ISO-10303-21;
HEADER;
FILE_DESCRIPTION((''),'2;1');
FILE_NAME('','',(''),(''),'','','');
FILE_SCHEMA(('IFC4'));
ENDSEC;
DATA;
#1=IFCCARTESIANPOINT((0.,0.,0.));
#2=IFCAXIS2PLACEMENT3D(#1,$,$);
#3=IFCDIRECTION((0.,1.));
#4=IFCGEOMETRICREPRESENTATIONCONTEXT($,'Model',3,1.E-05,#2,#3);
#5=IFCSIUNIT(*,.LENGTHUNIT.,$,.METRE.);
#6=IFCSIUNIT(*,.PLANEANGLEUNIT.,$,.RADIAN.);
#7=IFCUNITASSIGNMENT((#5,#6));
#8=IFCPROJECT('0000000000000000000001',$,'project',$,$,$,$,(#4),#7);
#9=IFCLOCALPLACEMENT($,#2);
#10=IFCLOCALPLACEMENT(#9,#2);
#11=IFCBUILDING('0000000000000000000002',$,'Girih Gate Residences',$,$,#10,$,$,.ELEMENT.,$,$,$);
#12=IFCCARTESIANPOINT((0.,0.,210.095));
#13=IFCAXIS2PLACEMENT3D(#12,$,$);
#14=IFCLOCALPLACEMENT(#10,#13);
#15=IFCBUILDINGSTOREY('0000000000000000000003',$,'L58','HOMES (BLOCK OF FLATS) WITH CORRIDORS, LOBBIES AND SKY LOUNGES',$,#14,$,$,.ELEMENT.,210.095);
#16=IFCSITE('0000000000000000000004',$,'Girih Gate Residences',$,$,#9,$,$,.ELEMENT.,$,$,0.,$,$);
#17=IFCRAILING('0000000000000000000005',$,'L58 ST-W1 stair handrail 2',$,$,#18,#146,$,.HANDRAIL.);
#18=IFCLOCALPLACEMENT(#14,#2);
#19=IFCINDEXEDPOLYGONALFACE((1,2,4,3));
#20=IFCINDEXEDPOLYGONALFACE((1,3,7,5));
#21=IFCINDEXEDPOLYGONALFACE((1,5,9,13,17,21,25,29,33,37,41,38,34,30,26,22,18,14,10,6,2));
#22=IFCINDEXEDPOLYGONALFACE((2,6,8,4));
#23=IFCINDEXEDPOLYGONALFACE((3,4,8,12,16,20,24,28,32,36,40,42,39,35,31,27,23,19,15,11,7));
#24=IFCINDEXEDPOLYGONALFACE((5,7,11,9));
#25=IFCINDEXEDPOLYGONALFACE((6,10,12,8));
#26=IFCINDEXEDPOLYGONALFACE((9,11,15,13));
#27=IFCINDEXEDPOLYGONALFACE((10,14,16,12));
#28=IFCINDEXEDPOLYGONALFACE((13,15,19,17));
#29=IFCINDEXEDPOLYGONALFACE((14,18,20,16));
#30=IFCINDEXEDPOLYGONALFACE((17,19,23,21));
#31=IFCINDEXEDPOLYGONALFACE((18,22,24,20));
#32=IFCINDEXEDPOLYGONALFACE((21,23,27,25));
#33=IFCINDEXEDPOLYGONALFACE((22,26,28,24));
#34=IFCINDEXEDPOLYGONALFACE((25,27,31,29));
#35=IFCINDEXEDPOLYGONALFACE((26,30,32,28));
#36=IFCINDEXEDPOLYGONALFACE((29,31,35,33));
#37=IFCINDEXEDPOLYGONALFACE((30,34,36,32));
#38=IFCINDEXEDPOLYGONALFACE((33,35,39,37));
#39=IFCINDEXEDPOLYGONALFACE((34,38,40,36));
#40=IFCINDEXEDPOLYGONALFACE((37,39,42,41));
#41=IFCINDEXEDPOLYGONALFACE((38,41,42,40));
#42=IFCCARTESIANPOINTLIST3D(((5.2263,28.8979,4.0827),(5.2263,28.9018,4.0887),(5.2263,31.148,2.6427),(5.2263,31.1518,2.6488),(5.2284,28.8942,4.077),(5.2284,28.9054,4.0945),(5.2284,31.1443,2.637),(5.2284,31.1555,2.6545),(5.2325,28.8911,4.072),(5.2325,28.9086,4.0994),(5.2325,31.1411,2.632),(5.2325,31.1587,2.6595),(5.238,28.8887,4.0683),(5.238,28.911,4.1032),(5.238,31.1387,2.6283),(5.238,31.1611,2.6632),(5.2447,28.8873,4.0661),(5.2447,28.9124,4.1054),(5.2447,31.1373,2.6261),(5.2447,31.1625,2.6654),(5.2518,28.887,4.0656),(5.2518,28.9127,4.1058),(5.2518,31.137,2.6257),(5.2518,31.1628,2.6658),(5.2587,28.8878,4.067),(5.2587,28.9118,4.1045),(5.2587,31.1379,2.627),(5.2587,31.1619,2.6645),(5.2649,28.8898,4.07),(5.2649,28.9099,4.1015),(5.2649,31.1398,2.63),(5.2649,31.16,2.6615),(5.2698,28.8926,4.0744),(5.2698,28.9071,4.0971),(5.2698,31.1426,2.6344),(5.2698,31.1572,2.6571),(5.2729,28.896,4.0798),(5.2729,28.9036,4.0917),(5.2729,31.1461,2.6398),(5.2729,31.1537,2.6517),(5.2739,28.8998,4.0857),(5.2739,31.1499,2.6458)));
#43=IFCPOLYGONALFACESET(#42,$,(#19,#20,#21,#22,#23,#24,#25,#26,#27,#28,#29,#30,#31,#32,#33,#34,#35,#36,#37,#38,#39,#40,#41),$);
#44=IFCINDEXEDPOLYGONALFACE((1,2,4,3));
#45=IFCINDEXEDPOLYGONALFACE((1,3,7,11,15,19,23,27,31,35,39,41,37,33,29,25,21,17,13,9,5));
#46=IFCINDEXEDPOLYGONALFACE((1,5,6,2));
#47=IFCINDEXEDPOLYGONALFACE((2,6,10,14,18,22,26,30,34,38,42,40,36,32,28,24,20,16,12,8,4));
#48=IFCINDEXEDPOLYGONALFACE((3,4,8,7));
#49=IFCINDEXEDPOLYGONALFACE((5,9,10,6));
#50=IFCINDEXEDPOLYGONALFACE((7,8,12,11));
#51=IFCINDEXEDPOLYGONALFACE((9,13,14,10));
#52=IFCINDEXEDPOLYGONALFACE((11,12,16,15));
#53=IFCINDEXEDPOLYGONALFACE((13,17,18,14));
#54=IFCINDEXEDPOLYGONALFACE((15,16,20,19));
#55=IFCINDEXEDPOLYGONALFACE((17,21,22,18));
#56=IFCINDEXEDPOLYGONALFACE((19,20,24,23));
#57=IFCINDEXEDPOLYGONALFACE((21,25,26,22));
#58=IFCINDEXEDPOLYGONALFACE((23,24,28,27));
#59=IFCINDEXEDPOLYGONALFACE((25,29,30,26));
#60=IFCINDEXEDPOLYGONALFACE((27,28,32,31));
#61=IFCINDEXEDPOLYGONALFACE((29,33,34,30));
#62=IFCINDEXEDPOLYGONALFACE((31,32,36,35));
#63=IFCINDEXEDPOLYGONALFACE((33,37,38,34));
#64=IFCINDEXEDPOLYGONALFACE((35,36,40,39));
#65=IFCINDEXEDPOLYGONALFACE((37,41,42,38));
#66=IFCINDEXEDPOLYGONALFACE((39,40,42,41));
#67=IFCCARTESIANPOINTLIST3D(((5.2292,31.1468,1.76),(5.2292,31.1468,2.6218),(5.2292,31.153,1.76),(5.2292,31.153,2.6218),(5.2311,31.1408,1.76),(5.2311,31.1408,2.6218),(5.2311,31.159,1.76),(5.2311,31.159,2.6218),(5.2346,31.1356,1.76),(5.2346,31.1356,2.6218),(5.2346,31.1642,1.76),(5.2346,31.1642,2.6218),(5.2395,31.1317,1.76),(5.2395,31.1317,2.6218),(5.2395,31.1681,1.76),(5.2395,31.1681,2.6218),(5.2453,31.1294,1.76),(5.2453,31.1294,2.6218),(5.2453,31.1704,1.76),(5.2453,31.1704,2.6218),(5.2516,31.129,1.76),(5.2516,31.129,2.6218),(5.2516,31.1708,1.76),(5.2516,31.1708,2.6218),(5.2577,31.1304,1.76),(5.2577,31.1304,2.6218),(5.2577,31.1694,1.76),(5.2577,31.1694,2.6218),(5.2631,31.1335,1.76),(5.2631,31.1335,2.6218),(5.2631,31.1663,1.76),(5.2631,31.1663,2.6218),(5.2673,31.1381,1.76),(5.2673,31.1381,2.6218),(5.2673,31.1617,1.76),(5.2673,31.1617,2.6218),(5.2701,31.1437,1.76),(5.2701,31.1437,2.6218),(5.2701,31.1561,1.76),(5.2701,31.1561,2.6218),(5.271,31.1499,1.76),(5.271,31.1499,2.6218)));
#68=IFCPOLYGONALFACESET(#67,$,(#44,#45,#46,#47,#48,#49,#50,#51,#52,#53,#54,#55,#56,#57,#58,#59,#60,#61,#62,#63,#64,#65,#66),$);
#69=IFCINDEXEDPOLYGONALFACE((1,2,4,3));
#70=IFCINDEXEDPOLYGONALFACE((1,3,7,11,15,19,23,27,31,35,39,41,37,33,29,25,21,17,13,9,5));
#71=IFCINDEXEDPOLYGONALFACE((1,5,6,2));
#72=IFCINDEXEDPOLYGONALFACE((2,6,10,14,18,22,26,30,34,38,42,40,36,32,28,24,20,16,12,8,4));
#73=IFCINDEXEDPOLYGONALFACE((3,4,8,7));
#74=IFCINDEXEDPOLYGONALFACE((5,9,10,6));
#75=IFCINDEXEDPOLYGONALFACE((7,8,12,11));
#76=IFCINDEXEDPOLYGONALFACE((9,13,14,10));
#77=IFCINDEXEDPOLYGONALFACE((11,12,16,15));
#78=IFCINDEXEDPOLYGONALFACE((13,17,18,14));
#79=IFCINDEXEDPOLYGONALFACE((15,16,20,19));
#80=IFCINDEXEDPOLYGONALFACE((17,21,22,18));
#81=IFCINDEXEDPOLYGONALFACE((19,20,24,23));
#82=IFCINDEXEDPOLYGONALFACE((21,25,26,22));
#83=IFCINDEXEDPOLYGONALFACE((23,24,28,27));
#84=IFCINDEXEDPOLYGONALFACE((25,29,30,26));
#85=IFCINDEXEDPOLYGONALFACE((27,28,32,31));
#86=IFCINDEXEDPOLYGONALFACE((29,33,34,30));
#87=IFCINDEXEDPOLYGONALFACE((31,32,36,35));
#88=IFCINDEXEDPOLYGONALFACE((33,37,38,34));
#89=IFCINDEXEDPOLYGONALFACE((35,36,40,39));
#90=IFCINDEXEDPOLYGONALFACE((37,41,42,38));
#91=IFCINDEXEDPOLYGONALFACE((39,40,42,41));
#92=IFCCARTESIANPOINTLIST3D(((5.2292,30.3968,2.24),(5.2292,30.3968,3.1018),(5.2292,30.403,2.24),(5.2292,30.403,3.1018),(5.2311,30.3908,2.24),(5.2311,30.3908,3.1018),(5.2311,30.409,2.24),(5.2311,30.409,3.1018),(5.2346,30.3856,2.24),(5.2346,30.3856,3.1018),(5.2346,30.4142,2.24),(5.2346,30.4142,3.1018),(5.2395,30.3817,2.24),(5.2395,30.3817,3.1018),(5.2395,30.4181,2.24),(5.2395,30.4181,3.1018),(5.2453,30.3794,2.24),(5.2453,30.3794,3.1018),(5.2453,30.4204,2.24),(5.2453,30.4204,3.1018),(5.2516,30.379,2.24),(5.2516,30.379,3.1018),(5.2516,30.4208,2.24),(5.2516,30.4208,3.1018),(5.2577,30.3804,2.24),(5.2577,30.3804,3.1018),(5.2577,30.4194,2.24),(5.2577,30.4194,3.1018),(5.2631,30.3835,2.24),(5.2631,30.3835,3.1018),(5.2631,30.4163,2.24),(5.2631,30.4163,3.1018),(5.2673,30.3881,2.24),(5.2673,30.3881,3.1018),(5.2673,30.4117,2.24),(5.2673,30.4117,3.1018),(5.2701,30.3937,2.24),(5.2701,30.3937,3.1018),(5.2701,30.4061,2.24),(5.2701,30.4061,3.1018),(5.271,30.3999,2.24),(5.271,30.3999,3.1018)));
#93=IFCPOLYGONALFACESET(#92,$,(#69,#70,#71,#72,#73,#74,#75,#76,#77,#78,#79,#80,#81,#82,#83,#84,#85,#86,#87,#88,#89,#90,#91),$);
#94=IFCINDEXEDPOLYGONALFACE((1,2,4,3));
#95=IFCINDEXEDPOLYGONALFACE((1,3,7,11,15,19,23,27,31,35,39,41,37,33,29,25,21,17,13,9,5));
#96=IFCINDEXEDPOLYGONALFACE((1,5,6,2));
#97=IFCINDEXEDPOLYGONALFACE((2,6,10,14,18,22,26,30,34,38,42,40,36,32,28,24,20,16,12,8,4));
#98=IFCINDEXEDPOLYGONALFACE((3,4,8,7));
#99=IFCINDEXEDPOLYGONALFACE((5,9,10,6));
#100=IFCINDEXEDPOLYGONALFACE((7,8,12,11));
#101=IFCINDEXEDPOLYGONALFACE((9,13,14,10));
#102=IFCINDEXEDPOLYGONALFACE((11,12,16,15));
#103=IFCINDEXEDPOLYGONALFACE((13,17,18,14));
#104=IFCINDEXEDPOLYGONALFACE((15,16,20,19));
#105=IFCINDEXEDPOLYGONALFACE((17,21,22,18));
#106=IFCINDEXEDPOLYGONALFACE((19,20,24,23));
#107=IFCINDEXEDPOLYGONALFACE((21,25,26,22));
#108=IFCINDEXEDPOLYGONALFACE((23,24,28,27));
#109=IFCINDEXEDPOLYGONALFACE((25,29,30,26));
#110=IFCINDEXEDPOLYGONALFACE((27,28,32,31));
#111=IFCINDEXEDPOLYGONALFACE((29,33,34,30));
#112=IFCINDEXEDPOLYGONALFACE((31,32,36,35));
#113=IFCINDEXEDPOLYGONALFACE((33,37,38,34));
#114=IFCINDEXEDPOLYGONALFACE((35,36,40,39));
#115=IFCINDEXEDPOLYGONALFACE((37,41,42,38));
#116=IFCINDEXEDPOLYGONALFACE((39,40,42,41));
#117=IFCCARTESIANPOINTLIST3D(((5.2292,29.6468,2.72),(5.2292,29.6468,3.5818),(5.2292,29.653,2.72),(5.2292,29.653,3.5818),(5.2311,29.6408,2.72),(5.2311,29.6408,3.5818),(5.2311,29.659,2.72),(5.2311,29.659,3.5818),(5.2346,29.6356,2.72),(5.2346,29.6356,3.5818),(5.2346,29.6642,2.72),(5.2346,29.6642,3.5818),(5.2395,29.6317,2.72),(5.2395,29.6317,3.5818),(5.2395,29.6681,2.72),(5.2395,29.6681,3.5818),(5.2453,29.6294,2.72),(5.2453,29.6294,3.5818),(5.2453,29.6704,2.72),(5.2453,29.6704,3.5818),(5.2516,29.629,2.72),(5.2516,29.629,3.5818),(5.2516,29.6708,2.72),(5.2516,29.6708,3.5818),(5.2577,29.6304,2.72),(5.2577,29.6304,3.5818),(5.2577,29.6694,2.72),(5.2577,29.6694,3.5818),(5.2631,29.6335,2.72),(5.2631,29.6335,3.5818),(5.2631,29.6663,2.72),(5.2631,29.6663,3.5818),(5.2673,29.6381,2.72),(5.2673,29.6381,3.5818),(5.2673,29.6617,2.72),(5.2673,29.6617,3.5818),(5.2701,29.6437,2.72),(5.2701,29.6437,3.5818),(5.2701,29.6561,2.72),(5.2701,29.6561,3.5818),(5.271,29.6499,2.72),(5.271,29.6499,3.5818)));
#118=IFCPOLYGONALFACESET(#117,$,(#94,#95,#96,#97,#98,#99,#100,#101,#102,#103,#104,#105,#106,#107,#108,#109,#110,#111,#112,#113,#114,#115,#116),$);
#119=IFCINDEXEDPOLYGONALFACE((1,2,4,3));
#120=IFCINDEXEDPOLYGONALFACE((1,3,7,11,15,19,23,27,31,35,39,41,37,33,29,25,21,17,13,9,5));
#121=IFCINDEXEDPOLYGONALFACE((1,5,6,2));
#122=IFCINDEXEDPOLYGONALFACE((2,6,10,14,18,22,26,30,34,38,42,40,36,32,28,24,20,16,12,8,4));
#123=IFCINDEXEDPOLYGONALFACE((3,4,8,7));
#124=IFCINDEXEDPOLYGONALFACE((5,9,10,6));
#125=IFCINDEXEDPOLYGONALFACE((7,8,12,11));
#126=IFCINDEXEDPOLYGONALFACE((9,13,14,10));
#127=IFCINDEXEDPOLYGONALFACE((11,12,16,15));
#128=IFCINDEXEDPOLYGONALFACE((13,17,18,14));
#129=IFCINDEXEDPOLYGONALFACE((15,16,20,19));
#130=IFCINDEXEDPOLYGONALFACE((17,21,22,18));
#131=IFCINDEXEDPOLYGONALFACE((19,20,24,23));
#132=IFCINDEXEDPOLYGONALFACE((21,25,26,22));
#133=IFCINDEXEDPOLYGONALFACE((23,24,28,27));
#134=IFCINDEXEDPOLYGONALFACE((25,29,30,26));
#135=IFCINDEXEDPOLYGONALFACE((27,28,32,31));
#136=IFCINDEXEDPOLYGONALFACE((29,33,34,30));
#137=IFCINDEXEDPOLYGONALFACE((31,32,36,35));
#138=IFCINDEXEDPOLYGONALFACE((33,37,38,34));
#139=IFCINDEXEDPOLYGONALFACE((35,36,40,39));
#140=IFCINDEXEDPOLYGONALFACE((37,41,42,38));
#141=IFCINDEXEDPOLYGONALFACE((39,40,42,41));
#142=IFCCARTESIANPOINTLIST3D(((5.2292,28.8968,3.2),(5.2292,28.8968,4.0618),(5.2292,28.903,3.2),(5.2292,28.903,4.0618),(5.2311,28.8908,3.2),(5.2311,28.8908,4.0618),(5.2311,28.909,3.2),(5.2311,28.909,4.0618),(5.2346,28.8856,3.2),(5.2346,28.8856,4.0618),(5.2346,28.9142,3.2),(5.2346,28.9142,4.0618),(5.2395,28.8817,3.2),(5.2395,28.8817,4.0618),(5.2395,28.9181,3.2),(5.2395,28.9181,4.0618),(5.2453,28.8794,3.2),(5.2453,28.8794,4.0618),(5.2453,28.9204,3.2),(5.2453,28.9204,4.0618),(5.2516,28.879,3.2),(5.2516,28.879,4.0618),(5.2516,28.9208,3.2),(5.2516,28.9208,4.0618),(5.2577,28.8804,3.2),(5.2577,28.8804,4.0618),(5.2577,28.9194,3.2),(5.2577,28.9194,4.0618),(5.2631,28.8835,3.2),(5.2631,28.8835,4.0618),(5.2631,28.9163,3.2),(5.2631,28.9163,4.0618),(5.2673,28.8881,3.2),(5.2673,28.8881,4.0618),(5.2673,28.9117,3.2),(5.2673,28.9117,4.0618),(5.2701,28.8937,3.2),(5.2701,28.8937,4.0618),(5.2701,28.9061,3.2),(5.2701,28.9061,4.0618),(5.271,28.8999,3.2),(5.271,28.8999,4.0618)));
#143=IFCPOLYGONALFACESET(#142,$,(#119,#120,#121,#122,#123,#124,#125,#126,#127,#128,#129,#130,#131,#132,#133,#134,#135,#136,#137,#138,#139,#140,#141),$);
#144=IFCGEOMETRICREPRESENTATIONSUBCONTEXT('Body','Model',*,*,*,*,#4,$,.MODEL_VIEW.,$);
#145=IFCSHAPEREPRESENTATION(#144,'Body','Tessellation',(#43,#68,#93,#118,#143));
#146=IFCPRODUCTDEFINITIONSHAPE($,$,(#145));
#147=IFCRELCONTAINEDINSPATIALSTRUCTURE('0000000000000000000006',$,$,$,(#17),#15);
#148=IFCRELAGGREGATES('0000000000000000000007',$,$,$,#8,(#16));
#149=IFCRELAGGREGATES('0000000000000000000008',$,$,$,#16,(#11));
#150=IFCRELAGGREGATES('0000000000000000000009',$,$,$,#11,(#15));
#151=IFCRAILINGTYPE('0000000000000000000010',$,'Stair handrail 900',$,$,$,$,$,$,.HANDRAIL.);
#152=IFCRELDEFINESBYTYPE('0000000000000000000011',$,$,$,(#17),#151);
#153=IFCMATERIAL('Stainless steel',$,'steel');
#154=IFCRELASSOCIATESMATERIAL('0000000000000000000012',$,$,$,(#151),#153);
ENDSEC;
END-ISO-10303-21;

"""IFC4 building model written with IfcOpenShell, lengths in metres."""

from ifc_helpers import new_model, si_unit, direction, frame, origin, origin_2d, place, context, subcontext, project, spatial, circle, extrude, material, type_object, element, save


model = new_model("IFC4")

# Units and contexts
model_context = context("Model", 3, precision=1e-05, world=origin(), true_north=direction((0.0, 1.0)))
body_context = subcontext(model_context, "Body", "Model", "MODEL_VIEW")
ifc_project = project(units=[si_unit("LENGTHUNIT", "METRE"), si_unit("PLANEANGLEUNIT", "RADIAN")], contexts=[model_context])

# Site, building, storey
site_placement = place(None, origin())
site = spatial("IfcSite", under=ifc_project, at=site_placement, Name="Girih Gate Residences", CompositionType="ELEMENT", RefElevation=0.0)
building_placement = place(site_placement, origin())
building = spatial("IfcBuilding", under=site, at=building_placement, Name="Girih Gate Residences", CompositionType="ELEMENT")
storey_placement = place(building_placement, frame((0.0, 0.0, 210.095)))
storey = spatial("IfcBuildingStorey", under=building, at=storey_placement, Name="L58", Description="HOMES (BLOCK OF FLATS) WITH CORRIDORS, LOBBIES AND SKY LOUNGES", CompositionType="ELEMENT", Elevation=210.095)

# Shared definitions
ifc_material_1 = material(Name="Stainless steel", Category="steel")

# Railing
railing_type_1 = type_object("IfcRailingType", Name="Stair handrail 900", PredefinedType="HANDRAIL", material=ifc_material_1)
railing_1_placement = place(storey_placement, frame((5.25, 31.1499, 1.76)))
element("IfcRailing", 1, at=railing_1_placement, inside=storey, type_object=railing_type_1, Name="L58 ST-W1 stair handrail 2", PredefinedType="HANDRAIL", context=body_context, shape_type="SweptSolid", body=[
    extrude(circle(Radius=0.0239, at=origin_2d()), frame((0.0, 0.0, 0.8857), z_axis=(0.0, -0.842281, 0.539038), x_axis=(1.0, 0.0, 0.0)), (0.0, 0.0, 1.0), 2.6714),
    extrude(circle(Radius=0.021, at=origin_2d()), origin(), (0.0, 0.0, 1.0), 0.8618),
    extrude(circle(Radius=0.021, at=origin_2d()), frame((0.0, -0.75, 0.48)), (0.0, 0.0, 1.0), 0.8618),
    extrude(circle(Radius=0.021, at=origin_2d()), frame((0.0, -1.5, 0.96)), (0.0, 0.0, 1.0), 0.8618),
    extrude(circle(Radius=0.021, at=origin_2d()), frame((0.0, -2.25, 1.4399)), (0.0, 0.0, 1.0), 0.8618),
])

save(model, "model.ifc")
